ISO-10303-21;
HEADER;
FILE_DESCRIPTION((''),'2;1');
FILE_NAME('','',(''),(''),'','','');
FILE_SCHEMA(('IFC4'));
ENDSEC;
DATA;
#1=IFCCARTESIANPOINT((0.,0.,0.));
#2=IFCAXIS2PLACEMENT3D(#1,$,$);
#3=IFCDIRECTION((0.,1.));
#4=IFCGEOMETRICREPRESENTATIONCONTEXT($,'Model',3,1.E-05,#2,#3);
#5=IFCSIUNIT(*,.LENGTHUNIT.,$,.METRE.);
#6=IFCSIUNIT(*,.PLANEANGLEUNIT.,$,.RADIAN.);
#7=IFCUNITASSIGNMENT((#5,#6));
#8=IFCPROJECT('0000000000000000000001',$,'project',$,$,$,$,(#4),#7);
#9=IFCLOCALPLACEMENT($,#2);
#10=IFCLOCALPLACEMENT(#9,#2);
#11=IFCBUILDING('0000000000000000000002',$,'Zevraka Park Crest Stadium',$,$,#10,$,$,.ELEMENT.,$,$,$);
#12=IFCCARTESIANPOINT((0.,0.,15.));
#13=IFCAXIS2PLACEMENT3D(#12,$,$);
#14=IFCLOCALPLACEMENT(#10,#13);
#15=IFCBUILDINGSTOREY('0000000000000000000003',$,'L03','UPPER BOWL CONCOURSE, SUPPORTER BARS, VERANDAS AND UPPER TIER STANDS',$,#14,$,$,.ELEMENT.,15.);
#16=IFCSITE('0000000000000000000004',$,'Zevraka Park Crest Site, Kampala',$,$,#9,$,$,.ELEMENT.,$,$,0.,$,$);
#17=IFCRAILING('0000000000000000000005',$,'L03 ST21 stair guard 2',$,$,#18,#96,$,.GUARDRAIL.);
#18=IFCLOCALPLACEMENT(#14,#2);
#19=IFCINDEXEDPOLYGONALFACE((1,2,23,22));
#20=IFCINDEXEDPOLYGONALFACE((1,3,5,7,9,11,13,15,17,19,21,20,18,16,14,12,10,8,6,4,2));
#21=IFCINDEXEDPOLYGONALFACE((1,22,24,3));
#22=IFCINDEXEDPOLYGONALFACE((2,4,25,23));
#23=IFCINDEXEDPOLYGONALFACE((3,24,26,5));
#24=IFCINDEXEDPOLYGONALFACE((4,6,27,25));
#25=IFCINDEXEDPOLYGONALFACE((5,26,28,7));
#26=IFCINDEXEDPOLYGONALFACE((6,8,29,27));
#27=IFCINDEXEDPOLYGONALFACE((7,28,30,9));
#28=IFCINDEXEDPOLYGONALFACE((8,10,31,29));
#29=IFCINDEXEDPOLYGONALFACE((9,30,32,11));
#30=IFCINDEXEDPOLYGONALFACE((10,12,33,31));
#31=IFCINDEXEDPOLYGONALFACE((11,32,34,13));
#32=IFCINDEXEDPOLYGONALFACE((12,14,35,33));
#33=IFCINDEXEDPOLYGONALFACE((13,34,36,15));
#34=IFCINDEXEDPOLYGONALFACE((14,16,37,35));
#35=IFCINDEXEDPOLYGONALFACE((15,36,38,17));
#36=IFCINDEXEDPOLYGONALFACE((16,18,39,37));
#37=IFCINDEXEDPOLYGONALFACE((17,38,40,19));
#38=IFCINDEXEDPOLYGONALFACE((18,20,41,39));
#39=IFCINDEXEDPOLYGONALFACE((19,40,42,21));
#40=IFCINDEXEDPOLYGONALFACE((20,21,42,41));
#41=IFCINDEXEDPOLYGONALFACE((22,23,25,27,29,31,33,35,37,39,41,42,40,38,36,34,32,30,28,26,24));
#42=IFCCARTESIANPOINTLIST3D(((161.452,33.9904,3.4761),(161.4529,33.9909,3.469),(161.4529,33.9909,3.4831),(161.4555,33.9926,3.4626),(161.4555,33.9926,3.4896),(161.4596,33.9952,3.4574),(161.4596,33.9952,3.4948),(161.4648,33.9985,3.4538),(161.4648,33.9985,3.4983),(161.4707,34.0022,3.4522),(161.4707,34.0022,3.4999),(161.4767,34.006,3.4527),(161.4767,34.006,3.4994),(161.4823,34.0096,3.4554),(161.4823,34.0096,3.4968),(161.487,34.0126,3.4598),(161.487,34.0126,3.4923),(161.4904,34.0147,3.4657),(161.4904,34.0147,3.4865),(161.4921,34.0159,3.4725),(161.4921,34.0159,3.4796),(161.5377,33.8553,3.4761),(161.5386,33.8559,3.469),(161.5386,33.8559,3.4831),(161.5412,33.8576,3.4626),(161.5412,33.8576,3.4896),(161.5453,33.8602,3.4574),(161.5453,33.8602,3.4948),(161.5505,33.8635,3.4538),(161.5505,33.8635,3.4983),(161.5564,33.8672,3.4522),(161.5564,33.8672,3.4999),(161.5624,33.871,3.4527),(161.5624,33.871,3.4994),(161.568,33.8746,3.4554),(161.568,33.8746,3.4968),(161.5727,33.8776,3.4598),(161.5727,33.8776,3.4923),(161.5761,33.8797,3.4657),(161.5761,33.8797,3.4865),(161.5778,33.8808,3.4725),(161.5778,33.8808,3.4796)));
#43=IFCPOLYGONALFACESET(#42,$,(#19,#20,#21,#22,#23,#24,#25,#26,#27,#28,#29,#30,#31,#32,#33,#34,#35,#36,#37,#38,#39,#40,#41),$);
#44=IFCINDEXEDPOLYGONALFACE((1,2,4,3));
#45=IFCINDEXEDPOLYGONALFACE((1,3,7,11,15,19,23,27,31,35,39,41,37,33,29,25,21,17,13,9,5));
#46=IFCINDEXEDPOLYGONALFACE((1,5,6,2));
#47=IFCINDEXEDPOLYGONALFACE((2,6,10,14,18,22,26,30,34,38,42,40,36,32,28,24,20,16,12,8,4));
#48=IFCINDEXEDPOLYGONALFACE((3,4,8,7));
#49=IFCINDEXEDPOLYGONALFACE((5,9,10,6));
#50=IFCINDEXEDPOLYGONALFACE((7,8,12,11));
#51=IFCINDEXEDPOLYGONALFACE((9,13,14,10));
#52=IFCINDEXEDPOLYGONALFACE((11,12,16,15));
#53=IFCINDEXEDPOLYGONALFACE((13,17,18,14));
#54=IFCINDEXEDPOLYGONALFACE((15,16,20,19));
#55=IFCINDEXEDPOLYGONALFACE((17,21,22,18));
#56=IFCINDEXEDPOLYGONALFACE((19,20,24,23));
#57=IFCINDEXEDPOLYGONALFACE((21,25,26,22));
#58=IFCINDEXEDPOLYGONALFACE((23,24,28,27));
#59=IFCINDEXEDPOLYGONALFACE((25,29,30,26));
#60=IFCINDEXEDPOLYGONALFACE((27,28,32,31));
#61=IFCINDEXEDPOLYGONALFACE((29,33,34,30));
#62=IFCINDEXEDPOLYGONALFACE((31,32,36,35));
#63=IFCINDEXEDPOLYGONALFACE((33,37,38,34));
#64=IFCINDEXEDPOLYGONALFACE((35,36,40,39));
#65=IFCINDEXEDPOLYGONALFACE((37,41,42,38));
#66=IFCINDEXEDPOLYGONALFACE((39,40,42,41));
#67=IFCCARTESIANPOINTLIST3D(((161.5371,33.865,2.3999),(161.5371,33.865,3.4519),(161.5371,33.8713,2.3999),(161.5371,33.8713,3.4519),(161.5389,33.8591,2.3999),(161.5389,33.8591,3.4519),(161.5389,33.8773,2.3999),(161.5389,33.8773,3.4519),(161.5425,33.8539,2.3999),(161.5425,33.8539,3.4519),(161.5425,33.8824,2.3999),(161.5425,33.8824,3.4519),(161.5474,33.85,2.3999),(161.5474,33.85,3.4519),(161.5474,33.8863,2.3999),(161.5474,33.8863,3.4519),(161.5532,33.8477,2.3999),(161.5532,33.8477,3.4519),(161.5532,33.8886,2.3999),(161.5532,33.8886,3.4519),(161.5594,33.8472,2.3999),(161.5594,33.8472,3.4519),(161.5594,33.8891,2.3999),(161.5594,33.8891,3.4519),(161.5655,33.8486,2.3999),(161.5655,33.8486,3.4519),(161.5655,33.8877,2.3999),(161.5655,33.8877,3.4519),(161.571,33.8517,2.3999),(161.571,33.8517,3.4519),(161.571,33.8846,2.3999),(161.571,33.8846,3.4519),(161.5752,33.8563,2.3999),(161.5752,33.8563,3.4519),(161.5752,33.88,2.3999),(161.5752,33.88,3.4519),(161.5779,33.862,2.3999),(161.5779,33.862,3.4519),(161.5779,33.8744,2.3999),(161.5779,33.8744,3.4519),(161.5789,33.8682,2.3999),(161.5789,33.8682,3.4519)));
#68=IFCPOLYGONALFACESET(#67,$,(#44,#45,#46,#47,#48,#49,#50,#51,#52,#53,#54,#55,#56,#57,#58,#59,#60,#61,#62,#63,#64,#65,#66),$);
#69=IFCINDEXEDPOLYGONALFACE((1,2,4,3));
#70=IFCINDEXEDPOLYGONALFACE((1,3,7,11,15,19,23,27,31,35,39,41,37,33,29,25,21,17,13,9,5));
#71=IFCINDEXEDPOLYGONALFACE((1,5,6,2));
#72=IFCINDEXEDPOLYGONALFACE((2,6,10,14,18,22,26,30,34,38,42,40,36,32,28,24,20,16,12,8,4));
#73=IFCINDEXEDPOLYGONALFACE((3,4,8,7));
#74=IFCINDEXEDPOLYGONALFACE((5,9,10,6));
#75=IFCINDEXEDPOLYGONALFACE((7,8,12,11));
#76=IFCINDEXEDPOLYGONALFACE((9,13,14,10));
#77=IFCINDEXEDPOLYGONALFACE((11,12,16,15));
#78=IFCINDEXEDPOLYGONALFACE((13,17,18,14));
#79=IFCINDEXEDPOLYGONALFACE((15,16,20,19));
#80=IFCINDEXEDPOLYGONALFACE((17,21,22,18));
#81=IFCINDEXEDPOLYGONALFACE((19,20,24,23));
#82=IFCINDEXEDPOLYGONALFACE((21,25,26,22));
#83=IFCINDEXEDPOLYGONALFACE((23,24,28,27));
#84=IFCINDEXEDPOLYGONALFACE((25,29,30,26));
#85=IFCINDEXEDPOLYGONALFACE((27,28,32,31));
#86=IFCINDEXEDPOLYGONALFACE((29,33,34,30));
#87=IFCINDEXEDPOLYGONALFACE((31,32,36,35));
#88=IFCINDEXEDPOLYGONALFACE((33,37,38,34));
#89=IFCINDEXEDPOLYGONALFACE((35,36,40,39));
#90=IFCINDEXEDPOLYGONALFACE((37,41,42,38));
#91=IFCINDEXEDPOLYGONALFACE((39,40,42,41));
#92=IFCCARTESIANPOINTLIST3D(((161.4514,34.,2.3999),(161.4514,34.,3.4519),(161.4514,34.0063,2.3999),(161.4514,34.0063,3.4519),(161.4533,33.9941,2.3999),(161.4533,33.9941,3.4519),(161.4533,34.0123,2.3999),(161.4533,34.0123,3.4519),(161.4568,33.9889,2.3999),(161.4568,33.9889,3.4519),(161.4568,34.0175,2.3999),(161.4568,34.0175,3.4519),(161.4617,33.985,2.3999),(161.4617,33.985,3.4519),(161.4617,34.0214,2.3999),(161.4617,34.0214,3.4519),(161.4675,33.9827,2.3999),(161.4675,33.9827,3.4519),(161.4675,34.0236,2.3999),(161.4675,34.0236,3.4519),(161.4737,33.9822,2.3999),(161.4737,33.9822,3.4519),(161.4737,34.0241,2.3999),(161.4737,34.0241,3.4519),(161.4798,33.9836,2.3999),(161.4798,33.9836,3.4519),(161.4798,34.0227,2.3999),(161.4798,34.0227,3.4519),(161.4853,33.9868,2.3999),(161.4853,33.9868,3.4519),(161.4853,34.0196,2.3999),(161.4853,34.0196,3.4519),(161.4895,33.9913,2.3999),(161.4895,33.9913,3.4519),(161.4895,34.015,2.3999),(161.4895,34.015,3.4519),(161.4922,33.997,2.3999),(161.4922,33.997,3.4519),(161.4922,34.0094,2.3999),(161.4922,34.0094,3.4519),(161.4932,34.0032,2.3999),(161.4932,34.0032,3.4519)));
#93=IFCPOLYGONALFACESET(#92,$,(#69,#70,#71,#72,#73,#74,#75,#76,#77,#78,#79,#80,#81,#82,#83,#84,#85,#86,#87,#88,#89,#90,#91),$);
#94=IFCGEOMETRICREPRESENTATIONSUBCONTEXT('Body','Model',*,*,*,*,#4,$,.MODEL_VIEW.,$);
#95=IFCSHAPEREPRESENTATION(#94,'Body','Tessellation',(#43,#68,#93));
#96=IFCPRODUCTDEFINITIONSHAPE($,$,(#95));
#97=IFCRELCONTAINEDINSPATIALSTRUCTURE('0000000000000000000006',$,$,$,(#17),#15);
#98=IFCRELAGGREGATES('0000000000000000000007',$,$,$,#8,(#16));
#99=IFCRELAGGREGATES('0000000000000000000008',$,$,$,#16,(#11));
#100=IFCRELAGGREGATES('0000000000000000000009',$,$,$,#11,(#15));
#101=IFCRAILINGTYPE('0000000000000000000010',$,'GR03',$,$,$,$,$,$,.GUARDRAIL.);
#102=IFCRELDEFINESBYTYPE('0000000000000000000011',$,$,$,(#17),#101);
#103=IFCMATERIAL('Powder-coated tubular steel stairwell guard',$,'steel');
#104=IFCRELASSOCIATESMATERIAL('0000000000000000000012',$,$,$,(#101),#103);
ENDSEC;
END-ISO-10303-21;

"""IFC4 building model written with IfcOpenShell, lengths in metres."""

from ifc_helpers import new_model, si_unit, direction, frame, origin, origin_2d, place, context, subcontext, project, spatial, circle, extrude, material, type_object, element, save


model = new_model("IFC4")

# Units and contexts
model_context = context("Model", 3, precision=1e-05, world=origin(), true_north=direction((0.0, 1.0)))
body_context = subcontext(model_context, "Body", "Model", "MODEL_VIEW")
ifc_project = project(units=[si_unit("LENGTHUNIT", "METRE"), si_unit("PLANEANGLEUNIT", "RADIAN")], contexts=[model_context])

# Site, building, storey
site_placement = place(None, origin())
site = spatial("IfcSite", under=ifc_project, at=site_placement, Name="Zevraka Park Crest Site, Kampala", CompositionType="ELEMENT", RefElevation=0.0)
building_placement = place(site_placement, origin())
building = spatial("IfcBuilding", under=site, at=building_placement, Name="Zevraka Park Crest Stadium", CompositionType="ELEMENT")
storey_placement = place(building_placement, frame((0.0, 0.0, 15.0)))
storey = spatial("IfcBuildingStorey", under=building, at=storey_placement, Name="L03", Description="UPPER BOWL CONCOURSE, SUPPORTER BARS, VERANDAS AND UPPER TIER STANDS", CompositionType="ELEMENT", Elevation=15.0)

# Railing
ifc_material_1 = material(Name="Powder-coated tubular steel stairwell guard", Category="steel")
railing_type_1 = type_object("IfcRailingType", Name="GR03", PredefinedType="GUARDRAIL", material=ifc_material_1)
railing_1_placement = place(storey_placement, frame((161.5579, 33.8682, 2.3999)))
element("IfcRailing", 1, at=railing_1_placement, inside=storey, type_object=railing_type_1, Name="L03 ST21 stair guard 2", PredefinedType="GUARDRAIL", context=body_context, shape_type="SweptSolid", body=[
    extrude(circle(Radius=0.0239, at=origin_2d()), frame((0.0, 0.0, 1.0762), z_axis=(-0.535887, 0.84429, 0.0), x_axis=(-0.84429, -0.535887, 0.0)), (0.0, 0.0, 1.0), 0.1599),
    extrude(circle(Radius=0.021, at=origin_2d()), origin(), (0.0, 0.0, 1.0), 1.052),
    extrude(circle(Radius=0.021, at=origin_2d()), frame((-0.0857, 0.135, 0.0)), (0.0, 0.0, 1.0), 1.052),
])

save(model, "model.ifc")
